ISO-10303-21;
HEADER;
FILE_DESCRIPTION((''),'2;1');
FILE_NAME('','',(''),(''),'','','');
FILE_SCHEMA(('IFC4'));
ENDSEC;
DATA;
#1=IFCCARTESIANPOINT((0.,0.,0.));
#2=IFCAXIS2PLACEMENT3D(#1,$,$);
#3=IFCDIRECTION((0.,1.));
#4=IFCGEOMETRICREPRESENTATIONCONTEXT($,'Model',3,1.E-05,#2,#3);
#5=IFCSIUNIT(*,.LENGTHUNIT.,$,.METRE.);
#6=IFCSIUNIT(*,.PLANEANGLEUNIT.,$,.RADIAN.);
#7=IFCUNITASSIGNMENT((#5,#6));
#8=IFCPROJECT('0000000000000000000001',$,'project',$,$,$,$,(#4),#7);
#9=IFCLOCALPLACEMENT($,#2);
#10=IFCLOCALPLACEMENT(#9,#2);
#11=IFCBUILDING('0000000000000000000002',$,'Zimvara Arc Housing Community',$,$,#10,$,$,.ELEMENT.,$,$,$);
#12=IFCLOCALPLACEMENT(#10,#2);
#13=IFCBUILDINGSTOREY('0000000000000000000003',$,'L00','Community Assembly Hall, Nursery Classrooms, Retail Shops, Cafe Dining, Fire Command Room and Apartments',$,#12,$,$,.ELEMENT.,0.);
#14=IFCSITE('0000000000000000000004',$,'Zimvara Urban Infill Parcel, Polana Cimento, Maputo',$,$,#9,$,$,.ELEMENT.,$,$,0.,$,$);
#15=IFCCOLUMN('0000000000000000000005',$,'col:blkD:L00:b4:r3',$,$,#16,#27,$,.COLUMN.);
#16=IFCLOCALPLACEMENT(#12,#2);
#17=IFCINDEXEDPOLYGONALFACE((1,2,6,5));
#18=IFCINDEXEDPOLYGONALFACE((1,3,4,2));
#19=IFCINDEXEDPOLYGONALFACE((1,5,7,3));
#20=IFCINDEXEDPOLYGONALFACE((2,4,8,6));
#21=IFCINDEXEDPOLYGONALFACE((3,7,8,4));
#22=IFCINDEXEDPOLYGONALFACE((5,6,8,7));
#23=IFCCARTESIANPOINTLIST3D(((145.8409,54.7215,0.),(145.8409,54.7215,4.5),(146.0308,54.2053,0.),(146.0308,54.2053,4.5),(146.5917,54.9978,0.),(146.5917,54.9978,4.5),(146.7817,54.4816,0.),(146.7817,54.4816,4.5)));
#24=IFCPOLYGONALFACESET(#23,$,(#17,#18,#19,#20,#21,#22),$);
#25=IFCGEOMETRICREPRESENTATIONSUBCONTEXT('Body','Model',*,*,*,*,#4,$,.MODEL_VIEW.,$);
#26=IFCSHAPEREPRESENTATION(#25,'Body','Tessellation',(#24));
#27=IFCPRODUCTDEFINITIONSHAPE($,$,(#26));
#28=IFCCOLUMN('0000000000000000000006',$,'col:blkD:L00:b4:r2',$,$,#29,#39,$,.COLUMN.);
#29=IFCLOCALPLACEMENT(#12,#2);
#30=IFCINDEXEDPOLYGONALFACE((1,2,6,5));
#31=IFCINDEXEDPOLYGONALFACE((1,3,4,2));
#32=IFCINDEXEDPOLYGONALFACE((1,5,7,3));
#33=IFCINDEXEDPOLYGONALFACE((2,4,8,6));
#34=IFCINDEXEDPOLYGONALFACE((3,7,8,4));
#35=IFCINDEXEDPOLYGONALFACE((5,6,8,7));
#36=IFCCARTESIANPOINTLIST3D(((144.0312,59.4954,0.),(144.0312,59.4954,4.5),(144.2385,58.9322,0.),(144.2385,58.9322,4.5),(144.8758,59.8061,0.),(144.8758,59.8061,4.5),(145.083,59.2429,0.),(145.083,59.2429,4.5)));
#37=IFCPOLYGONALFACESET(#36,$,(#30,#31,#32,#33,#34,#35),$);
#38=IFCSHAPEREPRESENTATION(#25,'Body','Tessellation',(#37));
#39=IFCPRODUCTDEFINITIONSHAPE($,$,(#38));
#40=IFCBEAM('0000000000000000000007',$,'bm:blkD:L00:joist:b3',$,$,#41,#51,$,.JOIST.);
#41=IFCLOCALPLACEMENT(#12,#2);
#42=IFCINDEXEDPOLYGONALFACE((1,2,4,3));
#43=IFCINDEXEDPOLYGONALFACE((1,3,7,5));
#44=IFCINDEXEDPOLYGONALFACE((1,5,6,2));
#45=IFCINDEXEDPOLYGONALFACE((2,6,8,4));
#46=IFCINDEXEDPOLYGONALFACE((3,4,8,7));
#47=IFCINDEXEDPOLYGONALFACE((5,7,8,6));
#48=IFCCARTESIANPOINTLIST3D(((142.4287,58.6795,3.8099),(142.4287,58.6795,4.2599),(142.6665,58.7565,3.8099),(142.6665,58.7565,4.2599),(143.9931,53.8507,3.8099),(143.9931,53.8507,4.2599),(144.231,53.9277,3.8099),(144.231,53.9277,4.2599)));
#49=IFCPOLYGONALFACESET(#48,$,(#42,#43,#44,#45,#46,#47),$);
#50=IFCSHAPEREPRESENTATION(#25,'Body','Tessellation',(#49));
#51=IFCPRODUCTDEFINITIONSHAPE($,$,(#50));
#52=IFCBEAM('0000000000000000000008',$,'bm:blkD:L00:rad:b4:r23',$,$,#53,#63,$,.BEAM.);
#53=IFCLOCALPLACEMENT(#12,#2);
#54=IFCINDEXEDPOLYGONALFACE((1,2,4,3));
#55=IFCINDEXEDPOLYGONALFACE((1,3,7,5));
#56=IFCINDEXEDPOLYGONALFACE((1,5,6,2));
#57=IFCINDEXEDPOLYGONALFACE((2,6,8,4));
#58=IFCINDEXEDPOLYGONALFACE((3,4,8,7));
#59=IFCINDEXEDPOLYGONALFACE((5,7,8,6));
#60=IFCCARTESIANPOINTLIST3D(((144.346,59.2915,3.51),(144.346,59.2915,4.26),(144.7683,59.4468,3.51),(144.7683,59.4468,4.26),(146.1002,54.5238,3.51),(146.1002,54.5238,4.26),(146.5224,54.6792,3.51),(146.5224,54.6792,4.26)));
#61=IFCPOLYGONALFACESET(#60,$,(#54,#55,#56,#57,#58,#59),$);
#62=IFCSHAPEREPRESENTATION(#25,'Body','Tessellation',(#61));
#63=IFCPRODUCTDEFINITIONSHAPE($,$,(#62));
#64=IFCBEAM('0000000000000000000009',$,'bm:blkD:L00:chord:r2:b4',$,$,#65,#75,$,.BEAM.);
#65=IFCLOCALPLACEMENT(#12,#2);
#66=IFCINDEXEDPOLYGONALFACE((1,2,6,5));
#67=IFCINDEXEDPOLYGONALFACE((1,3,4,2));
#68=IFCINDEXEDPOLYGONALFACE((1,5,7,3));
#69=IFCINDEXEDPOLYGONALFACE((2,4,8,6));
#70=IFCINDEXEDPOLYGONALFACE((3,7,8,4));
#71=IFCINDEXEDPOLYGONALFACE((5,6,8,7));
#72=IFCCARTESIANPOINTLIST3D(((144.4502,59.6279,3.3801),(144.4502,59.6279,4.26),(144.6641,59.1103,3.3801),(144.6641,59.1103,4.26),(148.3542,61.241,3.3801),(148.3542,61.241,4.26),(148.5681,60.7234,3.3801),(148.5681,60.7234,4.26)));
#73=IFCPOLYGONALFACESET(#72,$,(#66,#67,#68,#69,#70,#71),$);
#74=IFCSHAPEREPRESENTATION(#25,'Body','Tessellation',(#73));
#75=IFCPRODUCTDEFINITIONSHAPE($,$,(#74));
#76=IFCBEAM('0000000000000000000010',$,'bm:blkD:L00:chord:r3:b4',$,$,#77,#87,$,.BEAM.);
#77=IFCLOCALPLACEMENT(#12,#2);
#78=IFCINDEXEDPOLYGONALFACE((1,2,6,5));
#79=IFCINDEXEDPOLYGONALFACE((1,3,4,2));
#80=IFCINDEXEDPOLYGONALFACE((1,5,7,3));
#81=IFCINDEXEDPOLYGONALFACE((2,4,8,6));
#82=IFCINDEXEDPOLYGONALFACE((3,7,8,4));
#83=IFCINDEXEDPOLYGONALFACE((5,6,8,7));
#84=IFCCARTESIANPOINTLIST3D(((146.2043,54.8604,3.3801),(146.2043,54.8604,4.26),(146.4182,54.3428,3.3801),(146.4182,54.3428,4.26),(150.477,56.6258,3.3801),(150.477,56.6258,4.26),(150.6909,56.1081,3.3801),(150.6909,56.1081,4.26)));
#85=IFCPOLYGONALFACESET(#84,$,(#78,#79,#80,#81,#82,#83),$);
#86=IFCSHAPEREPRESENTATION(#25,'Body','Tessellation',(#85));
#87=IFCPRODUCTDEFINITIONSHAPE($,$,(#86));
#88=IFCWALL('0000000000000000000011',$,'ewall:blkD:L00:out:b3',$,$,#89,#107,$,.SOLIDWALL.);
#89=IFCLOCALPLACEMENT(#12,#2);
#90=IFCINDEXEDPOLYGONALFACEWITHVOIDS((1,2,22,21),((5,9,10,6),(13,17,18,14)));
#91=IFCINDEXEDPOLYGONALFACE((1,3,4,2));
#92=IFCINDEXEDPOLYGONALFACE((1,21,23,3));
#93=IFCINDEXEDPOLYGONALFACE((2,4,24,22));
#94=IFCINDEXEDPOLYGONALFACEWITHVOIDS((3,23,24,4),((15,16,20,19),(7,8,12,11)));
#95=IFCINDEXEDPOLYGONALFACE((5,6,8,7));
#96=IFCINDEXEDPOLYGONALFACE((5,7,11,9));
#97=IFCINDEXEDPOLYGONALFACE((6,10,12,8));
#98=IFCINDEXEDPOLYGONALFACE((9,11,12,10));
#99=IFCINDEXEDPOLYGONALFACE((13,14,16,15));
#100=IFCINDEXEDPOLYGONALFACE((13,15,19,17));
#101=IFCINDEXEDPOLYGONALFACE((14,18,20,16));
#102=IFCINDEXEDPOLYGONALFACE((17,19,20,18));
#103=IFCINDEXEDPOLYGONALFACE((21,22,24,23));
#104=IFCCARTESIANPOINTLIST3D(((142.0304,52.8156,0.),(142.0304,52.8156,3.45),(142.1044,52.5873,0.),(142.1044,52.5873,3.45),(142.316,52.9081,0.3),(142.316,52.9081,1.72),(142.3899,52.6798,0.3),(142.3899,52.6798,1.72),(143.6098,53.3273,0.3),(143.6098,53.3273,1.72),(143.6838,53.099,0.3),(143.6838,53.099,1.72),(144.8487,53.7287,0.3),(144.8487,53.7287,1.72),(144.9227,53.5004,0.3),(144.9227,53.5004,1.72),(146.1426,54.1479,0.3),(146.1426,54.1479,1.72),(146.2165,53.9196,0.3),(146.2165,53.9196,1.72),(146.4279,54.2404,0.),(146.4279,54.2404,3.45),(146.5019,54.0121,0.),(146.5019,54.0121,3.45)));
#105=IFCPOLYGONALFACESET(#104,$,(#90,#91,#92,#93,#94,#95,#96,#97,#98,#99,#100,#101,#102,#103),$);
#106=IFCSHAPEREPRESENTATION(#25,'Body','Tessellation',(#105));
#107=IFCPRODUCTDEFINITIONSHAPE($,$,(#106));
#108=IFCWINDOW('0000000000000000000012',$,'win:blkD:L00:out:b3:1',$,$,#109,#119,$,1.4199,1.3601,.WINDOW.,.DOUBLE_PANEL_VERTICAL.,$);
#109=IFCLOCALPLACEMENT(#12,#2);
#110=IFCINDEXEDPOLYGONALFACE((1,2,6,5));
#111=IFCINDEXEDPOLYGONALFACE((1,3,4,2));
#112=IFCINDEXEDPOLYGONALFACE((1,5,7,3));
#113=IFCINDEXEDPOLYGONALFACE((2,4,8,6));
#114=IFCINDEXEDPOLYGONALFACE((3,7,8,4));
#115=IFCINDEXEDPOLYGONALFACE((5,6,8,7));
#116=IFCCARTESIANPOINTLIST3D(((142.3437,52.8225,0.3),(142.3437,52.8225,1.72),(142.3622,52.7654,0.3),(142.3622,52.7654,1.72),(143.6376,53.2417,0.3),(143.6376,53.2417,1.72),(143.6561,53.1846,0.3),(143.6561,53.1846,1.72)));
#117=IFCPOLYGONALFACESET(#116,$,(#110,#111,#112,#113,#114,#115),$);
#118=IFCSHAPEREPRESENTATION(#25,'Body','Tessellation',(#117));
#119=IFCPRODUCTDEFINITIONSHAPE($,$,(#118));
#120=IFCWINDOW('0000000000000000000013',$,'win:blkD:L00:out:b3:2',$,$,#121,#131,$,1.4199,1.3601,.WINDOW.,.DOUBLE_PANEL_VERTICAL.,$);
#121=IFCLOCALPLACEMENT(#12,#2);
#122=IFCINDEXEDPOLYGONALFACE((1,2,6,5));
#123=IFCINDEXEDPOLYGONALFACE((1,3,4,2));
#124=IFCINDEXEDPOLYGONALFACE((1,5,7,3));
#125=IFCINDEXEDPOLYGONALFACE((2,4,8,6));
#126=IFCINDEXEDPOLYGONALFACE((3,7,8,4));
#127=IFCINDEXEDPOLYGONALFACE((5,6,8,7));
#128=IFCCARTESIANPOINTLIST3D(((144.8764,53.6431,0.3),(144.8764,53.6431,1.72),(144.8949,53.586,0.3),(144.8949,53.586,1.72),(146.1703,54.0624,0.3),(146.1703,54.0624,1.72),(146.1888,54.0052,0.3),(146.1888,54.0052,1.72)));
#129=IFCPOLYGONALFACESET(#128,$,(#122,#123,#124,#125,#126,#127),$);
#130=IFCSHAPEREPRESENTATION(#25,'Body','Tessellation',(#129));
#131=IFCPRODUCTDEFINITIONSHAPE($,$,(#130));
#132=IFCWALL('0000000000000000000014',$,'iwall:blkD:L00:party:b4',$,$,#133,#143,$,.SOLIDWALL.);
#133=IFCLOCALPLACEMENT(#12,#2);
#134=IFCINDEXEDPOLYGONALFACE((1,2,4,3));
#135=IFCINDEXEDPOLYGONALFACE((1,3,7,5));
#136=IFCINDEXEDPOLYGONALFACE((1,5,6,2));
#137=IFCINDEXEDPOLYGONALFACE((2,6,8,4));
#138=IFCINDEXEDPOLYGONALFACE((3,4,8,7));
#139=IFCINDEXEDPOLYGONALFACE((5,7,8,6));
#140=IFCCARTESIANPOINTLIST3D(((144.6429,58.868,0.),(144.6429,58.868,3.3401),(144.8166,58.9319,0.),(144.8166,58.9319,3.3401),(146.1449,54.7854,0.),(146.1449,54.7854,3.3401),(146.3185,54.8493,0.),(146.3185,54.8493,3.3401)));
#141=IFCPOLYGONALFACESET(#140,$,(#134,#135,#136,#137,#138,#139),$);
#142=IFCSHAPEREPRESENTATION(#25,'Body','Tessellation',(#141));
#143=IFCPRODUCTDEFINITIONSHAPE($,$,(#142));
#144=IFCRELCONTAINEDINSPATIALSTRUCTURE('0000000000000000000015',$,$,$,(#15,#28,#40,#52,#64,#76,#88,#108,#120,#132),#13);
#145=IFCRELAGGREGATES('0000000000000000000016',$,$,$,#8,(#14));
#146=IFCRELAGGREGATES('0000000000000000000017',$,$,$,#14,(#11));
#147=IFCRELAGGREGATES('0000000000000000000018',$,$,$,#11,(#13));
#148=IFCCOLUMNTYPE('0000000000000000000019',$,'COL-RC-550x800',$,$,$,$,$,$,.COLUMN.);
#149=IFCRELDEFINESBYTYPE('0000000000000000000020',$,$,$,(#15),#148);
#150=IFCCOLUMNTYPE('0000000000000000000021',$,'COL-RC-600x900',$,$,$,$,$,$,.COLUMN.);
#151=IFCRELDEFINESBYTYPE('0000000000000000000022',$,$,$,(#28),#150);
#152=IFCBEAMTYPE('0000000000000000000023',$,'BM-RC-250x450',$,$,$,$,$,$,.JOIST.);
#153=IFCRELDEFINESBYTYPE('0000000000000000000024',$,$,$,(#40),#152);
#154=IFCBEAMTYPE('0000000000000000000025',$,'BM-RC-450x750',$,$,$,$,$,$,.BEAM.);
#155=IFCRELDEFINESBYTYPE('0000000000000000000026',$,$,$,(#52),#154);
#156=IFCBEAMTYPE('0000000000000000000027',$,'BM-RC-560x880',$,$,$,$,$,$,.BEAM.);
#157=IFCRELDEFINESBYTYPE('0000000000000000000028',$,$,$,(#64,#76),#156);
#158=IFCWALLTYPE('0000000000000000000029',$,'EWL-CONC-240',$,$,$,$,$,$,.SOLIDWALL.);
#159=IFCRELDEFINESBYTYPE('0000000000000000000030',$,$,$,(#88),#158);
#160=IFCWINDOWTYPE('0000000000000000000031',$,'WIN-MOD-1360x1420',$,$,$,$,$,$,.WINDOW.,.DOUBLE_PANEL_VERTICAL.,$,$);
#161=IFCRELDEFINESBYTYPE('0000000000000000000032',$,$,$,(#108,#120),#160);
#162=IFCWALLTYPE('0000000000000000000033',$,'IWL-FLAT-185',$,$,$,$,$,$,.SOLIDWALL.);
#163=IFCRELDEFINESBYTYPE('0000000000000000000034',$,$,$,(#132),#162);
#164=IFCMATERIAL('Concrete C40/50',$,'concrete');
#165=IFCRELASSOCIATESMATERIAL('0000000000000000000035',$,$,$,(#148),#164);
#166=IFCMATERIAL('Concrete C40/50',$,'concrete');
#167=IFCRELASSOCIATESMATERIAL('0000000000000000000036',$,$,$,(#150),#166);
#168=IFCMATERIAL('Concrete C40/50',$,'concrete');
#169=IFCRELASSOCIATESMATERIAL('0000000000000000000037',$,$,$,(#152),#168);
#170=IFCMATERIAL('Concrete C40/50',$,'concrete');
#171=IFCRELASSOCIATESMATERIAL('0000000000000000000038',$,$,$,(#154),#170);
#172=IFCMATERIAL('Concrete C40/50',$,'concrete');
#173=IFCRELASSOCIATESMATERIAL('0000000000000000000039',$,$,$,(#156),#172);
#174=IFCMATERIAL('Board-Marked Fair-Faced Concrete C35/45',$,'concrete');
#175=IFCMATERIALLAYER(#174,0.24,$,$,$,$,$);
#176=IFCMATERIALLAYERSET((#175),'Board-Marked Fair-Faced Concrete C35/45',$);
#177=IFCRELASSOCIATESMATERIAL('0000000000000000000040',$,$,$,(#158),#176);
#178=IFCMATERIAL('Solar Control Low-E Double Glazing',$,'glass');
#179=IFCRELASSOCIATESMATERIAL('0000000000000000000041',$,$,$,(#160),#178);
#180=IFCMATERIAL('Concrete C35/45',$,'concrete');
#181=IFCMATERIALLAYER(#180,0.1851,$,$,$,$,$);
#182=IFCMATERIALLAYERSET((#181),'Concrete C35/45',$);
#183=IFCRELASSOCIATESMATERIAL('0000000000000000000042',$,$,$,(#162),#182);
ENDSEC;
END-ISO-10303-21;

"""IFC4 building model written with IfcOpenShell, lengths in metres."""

from ifc_helpers import new_model, si_unit, direction, frame, frame_2d, origin, origin_2d, place, context, subcontext, project, spatial, rectangle, extrude, material, layer, layer_set, material_profile, profile_set, type_object, element, fill, save


model = new_model("IFC4")

# Units and contexts
model_context = context("Model", 3, precision=1e-05, world=origin(), true_north=direction((0.0, 1.0)))
body_context = subcontext(model_context, "Body", "Model", "MODEL_VIEW")
ifc_project = project(units=[si_unit("LENGTHUNIT", "METRE"), si_unit("PLANEANGLEUNIT", "RADIAN")], contexts=[model_context])

# Site, building, storey
site_placement = place(None, origin())
site = spatial("IfcSite", under=ifc_project, at=site_placement, Name="Zimvara Urban Infill Parcel, Polana Cimento, Maputo", CompositionType="ELEMENT", RefElevation=0.0)
building_placement = place(site_placement, origin())
building = spatial("IfcBuilding", under=site, at=building_placement, Name="Zimvara Arc Housing Community", CompositionType="ELEMENT")
storey_placement = place(building_placement, origin())
storey = spatial("IfcBuildingStorey", under=building, at=storey_placement, Name="L00", Description="Community Assembly Hall, Nursery Classrooms, Retail Shops, Cafe Dining, Fire Command Room and Apartments", CompositionType="ELEMENT", Elevation=0.0)

# Columns
ifc_material_1 = material(Name="Concrete C40/50", Category="concrete")
ifc_material_profile_1 = material_profile(ifc_material_1, rectangle(XDim=0.55, YDim=0.8, at=origin_2d()), Name="RC 550x800")
ifc_profile_set_1 = profile_set([ifc_material_profile_1], Name="Concrete C40/50")
column_type_1 = type_object("IfcColumnType", Name="COL-RC-550x800", PredefinedType="COLUMN", material=ifc_profile_set_1)
column_1_placement = place(storey_placement, frame((146.3113, 54.6016, 0.0), z_axis=(0.0, 0.0, 1.0), x_axis=(0.345298, -0.938493, 0.0)))
element("IfcColumn", 1, at=column_1_placement, inside=storey, type_object=column_type_1, Name="col:blkD:L00:b4:r3", PredefinedType="COLUMN", context=body_context, shape_type="SweptSolid", body=[
    extrude(rectangle(XDim=0.55, YDim=0.8, at=origin_2d()), origin(), (0.0, 0.0, 1.0), 4.5),
])
ifc_material_2 = material(Name="Concrete C40/50", Category="concrete")
ifc_material_profile_2 = material_profile(ifc_material_2, rectangle(XDim=0.6001, YDim=0.8999, at=origin_2d()), Name="RC 600x900")
ifc_profile_set_2 = profile_set([ifc_material_profile_2], Name="Concrete C40/50")
column_type_2 = type_object("IfcColumnType", Name="COL-RC-600x900", PredefinedType="COLUMN", material=ifc_profile_set_2)
column_2_placement = place(storey_placement, frame((144.5571, 59.3691, 0.0), z_axis=(0.0, 0.0, 1.0), x_axis=(0.345298, -0.938493, 0.0)))
element("IfcColumn", 2, at=column_2_placement, inside=storey, type_object=column_type_2, Name="col:blkD:L00:b4:r2", PredefinedType="COLUMN", context=body_context, shape_type="SweptSolid", body=[
    extrude(rectangle(XDim=0.6001, YDim=0.8999, at=origin_2d()), origin(), (0.0, 0.0, 1.0), 4.5),
])

# Beams
ifc_material_3 = material(Name="Concrete C40/50", Category="concrete")
ifc_material_profile_3 = material_profile(ifc_material_3, rectangle(XDim=0.25, YDim=0.45, at=origin_2d()), Name="RC 250x450")
ifc_profile_set_3 = profile_set([ifc_material_profile_3], Name="Concrete C40/50")
beam_type_1 = type_object("IfcBeamType", Name="BM-RC-250x450", PredefinedType="JOIST", material=ifc_profile_set_3)
beam_1_placement = place(storey_placement, frame((142.5476, 58.718, 4.0349), z_axis=(0.308208, -0.951319, 0.0), x_axis=(0.951319, 0.308208, 0.0)))
element("IfcBeam", 3, at=beam_1_placement, inside=storey, type_object=beam_type_1, Name="bm:blkD:L00:joist:b3", PredefinedType="JOIST", context=body_context, shape_type="SweptSolid", body=[
    extrude(rectangle(XDim=0.25, YDim=0.45, at=origin_2d()), origin(), (0.0, 0.0, 1.0), 5.0759),
])
ifc_material_4 = material(Name="Concrete C40/50", Category="concrete")
ifc_material_profile_4 = material_profile(ifc_material_4, rectangle(XDim=0.45, YDim=0.75, at=origin_2d()), Name="RC 450x750")
ifc_profile_set_4 = profile_set([ifc_material_profile_4], Name="Concrete C40/50")
beam_type_2 = type_object("IfcBeamType", Name="BM-RC-450x750", PredefinedType="BEAM", material=ifc_profile_set_4)
beam_2_placement = place(storey_placement, frame((144.5571, 59.3691, 3.885), z_axis=(0.345302, -0.938492, 0.0), x_axis=(0.938492, 0.345302, 0.0)))
element("IfcBeam", 4, at=beam_2_placement, inside=storey, type_object=beam_type_2, Name="bm:blkD:L00:rad:b4:r23", PredefinedType="BEAM", context=body_context, shape_type="SweptSolid", body=[
    extrude(rectangle(XDim=0.45, YDim=0.75, at=origin_2d()), origin(), (0.0, 0.0, 1.0), 5.0801),
])
ifc_material_5 = material(Name="Concrete C40/50", Category="concrete")
ifc_material_profile_5 = material_profile(ifc_material_5, rectangle(XDim=0.5601, YDim=0.8799, at=origin_2d()), Name="RC 560x880")
ifc_profile_set_5 = profile_set([ifc_material_profile_5], Name="Concrete C40/50")
beam_type_3 = type_object("IfcBeamType", Name="BM-RC-560x880", PredefinedType="BEAM", material=ifc_profile_set_5)
beam_3_placement = place(storey_placement, frame((144.5571, 59.3691, 3.8201), z_axis=(0.92422, 0.38186, 0.0), x_axis=(-0.38186, 0.92422, 0.0)))
element("IfcBeam", 5, at=beam_3_placement, inside=storey, type_object=beam_type_3, Name="bm:blkD:L00:chord:r2:b4", PredefinedType="BEAM", context=body_context, shape_type="SweptSolid", body=[
    extrude(rectangle(XDim=0.5601, YDim=0.8799, at=origin_2d()), origin(), (0.0, 0.0, 1.0), 4.2241),
])
beam_4_placement = place(storey_placement, frame((146.3113, 54.6016, 3.8201), z_axis=(0.924218, 0.381865, 0.0), x_axis=(-0.381865, 0.924218, 0.0)))
element("IfcBeam", 6, at=beam_4_placement, inside=storey, type_object=beam_type_3, Name="bm:blkD:L00:chord:r3:b4", PredefinedType="BEAM", context=body_context, shape_type="SweptSolid", body=[
    extrude(rectangle(XDim=0.5601, YDim=0.8799, at=origin_2d()), origin(), (0.0, 0.0, 1.0), 4.623),
])

# Wall, openings, windows
ifc_material_6 = material(Name="Board-Marked Fair-Faced Concrete C35/45", Category="concrete")
ifc_layer_1 = layer(ifc_material_6, 0.24)
ifc_layer_set_1 = layer_set([ifc_layer_1], Name="Board-Marked Fair-Faced Concrete C35/45")
wall_type_1 = type_object("IfcWallType", Name="EWL-CONC-240", PredefinedType="SOLIDWALL", material=ifc_layer_set_1)
wall_1_placement = place(storey_placement, frame((142.0674, 52.7014, 0.0), z_axis=(0.0, 0.0, 1.0), x_axis=(0.951312, 0.308231, 0.0)))
wall_1 = element("IfcWall", 7, at=wall_1_placement, inside=storey, type_object=wall_type_1, Name="ewall:blkD:L00:out:b3", PredefinedType="SOLIDWALL", context=body_context, shape_type="SweptSolid", body=[
    extrude(rectangle(XDim=4.6226, YDim=0.24, at=frame_2d((2.3113, 0.0))), origin(), (0.0, 0.0, 1.0), 3.45),
])
opening_1_placement = place(wall_1_placement, frame((0.3, 0.0, 0.3)))
opening_1 = element("IfcOpeningElement", 8, at=opening_1_placement, cuts=wall_1, PredefinedType="OPENING", context=body_context, shape_type="SweptSolid", body=[
    extrude(rectangle(XDim=1.3601, YDim=1.4199, at=frame_2d((0.6802, 0.71))), frame((0.0, 0.1299, 0.0), z_axis=(0.0, -1.0, 0.0), x_axis=(1.0, 0.0, 0.0)), (0.0, 0.0, 1.0), 0.26),
])
opening_2_placement = place(wall_1_placement, frame((2.9624, 0.0, 0.3)))
opening_2 = element("IfcOpeningElement", 9, at=opening_2_placement, cuts=wall_1, PredefinedType="OPENING", context=body_context, shape_type="SweptSolid", body=[
    extrude(rectangle(XDim=1.3601, YDim=1.4199, at=frame_2d((0.6802, 0.71))), frame((0.0, 0.1299, 0.0), z_axis=(0.0, -1.0, 0.0), x_axis=(1.0, 0.0, 0.0)), (0.0, 0.0, 1.0), 0.26),
])
ifc_material_7 = material(Name="Solar Control Low-E Double Glazing", Category="glass")
window_type = type_object("IfcWindowType", Name="WIN-MOD-1360x1420", PartitioningType="DOUBLE_PANEL_VERTICAL", PredefinedType="WINDOW", material=ifc_material_7)
window_1_placement = place(opening_1_placement, origin())
window_1 = element("IfcWindow", 10, at=window_1_placement, inside=storey, type_object=window_type, Name="win:blkD:L00:out:b3:1", OverallHeight=1.4199, OverallWidth=1.3601, PartitioningType="DOUBLE_PANEL_VERTICAL", PredefinedType="WINDOW", context=body_context, shape_type="SweptSolid", body=[
    extrude(rectangle(XDim=1.3601, YDim=1.4199, at=frame_2d((0.6802, 0.71))), frame((0.0, 0.03, 0.0), z_axis=(0.0, -1.0, 0.0), x_axis=(1.0, 0.0, 0.0)), (0.0, 0.0, 1.0), 0.0601),
])
fill(opening_1, window_1)
window_2_placement = place(opening_2_placement, origin())
window_2 = element("IfcWindow", 11, at=window_2_placement, inside=storey, type_object=window_type, Name="win:blkD:L00:out:b3:2", OverallHeight=1.4199, OverallWidth=1.3601, PartitioningType="DOUBLE_PANEL_VERTICAL", PredefinedType="WINDOW", context=body_context, shape_type="SweptSolid", body=[
    extrude(rectangle(XDim=1.3601, YDim=1.4199, at=frame_2d((0.6802, 0.71))), frame((0.0, 0.03, 0.0), z_axis=(0.0, -1.0, 0.0), x_axis=(1.0, 0.0, 0.0)), (0.0, 0.0, 1.0), 0.0601),
])
fill(opening_2, window_2)

# Wall
ifc_material_8 = material(Name="Concrete C35/45", Category="concrete")
ifc_layer_2 = layer(ifc_material_8, 0.1851)
ifc_layer_set_2 = layer_set([ifc_layer_2], Name="Concrete C35/45")
wall_type_2 = type_object("IfcWallType", Name="IWL-FLAT-185", PredefinedType="SOLIDWALL", material=ifc_layer_set_2)
wall_2_placement = place(storey_placement, frame((144.7297, 58.8999, 0.0), z_axis=(0.0, 0.0, 1.0), x_axis=(0.345274, -0.938502, 0.0)))
element("IfcWall", 12, at=wall_2_placement, inside=storey, type_object=wall_type_2, Name="iwall:blkD:L00:party:b4", PredefinedType="SOLIDWALL", context=body_context, shape_type="SweptSolid", body=[
    extrude(rectangle(XDim=4.3501, YDim=0.1851, at=frame_2d((2.175, 0.0))), origin(), (0.0, 0.0, 1.0), 3.3401),
])

save(model, "model.ifc")
